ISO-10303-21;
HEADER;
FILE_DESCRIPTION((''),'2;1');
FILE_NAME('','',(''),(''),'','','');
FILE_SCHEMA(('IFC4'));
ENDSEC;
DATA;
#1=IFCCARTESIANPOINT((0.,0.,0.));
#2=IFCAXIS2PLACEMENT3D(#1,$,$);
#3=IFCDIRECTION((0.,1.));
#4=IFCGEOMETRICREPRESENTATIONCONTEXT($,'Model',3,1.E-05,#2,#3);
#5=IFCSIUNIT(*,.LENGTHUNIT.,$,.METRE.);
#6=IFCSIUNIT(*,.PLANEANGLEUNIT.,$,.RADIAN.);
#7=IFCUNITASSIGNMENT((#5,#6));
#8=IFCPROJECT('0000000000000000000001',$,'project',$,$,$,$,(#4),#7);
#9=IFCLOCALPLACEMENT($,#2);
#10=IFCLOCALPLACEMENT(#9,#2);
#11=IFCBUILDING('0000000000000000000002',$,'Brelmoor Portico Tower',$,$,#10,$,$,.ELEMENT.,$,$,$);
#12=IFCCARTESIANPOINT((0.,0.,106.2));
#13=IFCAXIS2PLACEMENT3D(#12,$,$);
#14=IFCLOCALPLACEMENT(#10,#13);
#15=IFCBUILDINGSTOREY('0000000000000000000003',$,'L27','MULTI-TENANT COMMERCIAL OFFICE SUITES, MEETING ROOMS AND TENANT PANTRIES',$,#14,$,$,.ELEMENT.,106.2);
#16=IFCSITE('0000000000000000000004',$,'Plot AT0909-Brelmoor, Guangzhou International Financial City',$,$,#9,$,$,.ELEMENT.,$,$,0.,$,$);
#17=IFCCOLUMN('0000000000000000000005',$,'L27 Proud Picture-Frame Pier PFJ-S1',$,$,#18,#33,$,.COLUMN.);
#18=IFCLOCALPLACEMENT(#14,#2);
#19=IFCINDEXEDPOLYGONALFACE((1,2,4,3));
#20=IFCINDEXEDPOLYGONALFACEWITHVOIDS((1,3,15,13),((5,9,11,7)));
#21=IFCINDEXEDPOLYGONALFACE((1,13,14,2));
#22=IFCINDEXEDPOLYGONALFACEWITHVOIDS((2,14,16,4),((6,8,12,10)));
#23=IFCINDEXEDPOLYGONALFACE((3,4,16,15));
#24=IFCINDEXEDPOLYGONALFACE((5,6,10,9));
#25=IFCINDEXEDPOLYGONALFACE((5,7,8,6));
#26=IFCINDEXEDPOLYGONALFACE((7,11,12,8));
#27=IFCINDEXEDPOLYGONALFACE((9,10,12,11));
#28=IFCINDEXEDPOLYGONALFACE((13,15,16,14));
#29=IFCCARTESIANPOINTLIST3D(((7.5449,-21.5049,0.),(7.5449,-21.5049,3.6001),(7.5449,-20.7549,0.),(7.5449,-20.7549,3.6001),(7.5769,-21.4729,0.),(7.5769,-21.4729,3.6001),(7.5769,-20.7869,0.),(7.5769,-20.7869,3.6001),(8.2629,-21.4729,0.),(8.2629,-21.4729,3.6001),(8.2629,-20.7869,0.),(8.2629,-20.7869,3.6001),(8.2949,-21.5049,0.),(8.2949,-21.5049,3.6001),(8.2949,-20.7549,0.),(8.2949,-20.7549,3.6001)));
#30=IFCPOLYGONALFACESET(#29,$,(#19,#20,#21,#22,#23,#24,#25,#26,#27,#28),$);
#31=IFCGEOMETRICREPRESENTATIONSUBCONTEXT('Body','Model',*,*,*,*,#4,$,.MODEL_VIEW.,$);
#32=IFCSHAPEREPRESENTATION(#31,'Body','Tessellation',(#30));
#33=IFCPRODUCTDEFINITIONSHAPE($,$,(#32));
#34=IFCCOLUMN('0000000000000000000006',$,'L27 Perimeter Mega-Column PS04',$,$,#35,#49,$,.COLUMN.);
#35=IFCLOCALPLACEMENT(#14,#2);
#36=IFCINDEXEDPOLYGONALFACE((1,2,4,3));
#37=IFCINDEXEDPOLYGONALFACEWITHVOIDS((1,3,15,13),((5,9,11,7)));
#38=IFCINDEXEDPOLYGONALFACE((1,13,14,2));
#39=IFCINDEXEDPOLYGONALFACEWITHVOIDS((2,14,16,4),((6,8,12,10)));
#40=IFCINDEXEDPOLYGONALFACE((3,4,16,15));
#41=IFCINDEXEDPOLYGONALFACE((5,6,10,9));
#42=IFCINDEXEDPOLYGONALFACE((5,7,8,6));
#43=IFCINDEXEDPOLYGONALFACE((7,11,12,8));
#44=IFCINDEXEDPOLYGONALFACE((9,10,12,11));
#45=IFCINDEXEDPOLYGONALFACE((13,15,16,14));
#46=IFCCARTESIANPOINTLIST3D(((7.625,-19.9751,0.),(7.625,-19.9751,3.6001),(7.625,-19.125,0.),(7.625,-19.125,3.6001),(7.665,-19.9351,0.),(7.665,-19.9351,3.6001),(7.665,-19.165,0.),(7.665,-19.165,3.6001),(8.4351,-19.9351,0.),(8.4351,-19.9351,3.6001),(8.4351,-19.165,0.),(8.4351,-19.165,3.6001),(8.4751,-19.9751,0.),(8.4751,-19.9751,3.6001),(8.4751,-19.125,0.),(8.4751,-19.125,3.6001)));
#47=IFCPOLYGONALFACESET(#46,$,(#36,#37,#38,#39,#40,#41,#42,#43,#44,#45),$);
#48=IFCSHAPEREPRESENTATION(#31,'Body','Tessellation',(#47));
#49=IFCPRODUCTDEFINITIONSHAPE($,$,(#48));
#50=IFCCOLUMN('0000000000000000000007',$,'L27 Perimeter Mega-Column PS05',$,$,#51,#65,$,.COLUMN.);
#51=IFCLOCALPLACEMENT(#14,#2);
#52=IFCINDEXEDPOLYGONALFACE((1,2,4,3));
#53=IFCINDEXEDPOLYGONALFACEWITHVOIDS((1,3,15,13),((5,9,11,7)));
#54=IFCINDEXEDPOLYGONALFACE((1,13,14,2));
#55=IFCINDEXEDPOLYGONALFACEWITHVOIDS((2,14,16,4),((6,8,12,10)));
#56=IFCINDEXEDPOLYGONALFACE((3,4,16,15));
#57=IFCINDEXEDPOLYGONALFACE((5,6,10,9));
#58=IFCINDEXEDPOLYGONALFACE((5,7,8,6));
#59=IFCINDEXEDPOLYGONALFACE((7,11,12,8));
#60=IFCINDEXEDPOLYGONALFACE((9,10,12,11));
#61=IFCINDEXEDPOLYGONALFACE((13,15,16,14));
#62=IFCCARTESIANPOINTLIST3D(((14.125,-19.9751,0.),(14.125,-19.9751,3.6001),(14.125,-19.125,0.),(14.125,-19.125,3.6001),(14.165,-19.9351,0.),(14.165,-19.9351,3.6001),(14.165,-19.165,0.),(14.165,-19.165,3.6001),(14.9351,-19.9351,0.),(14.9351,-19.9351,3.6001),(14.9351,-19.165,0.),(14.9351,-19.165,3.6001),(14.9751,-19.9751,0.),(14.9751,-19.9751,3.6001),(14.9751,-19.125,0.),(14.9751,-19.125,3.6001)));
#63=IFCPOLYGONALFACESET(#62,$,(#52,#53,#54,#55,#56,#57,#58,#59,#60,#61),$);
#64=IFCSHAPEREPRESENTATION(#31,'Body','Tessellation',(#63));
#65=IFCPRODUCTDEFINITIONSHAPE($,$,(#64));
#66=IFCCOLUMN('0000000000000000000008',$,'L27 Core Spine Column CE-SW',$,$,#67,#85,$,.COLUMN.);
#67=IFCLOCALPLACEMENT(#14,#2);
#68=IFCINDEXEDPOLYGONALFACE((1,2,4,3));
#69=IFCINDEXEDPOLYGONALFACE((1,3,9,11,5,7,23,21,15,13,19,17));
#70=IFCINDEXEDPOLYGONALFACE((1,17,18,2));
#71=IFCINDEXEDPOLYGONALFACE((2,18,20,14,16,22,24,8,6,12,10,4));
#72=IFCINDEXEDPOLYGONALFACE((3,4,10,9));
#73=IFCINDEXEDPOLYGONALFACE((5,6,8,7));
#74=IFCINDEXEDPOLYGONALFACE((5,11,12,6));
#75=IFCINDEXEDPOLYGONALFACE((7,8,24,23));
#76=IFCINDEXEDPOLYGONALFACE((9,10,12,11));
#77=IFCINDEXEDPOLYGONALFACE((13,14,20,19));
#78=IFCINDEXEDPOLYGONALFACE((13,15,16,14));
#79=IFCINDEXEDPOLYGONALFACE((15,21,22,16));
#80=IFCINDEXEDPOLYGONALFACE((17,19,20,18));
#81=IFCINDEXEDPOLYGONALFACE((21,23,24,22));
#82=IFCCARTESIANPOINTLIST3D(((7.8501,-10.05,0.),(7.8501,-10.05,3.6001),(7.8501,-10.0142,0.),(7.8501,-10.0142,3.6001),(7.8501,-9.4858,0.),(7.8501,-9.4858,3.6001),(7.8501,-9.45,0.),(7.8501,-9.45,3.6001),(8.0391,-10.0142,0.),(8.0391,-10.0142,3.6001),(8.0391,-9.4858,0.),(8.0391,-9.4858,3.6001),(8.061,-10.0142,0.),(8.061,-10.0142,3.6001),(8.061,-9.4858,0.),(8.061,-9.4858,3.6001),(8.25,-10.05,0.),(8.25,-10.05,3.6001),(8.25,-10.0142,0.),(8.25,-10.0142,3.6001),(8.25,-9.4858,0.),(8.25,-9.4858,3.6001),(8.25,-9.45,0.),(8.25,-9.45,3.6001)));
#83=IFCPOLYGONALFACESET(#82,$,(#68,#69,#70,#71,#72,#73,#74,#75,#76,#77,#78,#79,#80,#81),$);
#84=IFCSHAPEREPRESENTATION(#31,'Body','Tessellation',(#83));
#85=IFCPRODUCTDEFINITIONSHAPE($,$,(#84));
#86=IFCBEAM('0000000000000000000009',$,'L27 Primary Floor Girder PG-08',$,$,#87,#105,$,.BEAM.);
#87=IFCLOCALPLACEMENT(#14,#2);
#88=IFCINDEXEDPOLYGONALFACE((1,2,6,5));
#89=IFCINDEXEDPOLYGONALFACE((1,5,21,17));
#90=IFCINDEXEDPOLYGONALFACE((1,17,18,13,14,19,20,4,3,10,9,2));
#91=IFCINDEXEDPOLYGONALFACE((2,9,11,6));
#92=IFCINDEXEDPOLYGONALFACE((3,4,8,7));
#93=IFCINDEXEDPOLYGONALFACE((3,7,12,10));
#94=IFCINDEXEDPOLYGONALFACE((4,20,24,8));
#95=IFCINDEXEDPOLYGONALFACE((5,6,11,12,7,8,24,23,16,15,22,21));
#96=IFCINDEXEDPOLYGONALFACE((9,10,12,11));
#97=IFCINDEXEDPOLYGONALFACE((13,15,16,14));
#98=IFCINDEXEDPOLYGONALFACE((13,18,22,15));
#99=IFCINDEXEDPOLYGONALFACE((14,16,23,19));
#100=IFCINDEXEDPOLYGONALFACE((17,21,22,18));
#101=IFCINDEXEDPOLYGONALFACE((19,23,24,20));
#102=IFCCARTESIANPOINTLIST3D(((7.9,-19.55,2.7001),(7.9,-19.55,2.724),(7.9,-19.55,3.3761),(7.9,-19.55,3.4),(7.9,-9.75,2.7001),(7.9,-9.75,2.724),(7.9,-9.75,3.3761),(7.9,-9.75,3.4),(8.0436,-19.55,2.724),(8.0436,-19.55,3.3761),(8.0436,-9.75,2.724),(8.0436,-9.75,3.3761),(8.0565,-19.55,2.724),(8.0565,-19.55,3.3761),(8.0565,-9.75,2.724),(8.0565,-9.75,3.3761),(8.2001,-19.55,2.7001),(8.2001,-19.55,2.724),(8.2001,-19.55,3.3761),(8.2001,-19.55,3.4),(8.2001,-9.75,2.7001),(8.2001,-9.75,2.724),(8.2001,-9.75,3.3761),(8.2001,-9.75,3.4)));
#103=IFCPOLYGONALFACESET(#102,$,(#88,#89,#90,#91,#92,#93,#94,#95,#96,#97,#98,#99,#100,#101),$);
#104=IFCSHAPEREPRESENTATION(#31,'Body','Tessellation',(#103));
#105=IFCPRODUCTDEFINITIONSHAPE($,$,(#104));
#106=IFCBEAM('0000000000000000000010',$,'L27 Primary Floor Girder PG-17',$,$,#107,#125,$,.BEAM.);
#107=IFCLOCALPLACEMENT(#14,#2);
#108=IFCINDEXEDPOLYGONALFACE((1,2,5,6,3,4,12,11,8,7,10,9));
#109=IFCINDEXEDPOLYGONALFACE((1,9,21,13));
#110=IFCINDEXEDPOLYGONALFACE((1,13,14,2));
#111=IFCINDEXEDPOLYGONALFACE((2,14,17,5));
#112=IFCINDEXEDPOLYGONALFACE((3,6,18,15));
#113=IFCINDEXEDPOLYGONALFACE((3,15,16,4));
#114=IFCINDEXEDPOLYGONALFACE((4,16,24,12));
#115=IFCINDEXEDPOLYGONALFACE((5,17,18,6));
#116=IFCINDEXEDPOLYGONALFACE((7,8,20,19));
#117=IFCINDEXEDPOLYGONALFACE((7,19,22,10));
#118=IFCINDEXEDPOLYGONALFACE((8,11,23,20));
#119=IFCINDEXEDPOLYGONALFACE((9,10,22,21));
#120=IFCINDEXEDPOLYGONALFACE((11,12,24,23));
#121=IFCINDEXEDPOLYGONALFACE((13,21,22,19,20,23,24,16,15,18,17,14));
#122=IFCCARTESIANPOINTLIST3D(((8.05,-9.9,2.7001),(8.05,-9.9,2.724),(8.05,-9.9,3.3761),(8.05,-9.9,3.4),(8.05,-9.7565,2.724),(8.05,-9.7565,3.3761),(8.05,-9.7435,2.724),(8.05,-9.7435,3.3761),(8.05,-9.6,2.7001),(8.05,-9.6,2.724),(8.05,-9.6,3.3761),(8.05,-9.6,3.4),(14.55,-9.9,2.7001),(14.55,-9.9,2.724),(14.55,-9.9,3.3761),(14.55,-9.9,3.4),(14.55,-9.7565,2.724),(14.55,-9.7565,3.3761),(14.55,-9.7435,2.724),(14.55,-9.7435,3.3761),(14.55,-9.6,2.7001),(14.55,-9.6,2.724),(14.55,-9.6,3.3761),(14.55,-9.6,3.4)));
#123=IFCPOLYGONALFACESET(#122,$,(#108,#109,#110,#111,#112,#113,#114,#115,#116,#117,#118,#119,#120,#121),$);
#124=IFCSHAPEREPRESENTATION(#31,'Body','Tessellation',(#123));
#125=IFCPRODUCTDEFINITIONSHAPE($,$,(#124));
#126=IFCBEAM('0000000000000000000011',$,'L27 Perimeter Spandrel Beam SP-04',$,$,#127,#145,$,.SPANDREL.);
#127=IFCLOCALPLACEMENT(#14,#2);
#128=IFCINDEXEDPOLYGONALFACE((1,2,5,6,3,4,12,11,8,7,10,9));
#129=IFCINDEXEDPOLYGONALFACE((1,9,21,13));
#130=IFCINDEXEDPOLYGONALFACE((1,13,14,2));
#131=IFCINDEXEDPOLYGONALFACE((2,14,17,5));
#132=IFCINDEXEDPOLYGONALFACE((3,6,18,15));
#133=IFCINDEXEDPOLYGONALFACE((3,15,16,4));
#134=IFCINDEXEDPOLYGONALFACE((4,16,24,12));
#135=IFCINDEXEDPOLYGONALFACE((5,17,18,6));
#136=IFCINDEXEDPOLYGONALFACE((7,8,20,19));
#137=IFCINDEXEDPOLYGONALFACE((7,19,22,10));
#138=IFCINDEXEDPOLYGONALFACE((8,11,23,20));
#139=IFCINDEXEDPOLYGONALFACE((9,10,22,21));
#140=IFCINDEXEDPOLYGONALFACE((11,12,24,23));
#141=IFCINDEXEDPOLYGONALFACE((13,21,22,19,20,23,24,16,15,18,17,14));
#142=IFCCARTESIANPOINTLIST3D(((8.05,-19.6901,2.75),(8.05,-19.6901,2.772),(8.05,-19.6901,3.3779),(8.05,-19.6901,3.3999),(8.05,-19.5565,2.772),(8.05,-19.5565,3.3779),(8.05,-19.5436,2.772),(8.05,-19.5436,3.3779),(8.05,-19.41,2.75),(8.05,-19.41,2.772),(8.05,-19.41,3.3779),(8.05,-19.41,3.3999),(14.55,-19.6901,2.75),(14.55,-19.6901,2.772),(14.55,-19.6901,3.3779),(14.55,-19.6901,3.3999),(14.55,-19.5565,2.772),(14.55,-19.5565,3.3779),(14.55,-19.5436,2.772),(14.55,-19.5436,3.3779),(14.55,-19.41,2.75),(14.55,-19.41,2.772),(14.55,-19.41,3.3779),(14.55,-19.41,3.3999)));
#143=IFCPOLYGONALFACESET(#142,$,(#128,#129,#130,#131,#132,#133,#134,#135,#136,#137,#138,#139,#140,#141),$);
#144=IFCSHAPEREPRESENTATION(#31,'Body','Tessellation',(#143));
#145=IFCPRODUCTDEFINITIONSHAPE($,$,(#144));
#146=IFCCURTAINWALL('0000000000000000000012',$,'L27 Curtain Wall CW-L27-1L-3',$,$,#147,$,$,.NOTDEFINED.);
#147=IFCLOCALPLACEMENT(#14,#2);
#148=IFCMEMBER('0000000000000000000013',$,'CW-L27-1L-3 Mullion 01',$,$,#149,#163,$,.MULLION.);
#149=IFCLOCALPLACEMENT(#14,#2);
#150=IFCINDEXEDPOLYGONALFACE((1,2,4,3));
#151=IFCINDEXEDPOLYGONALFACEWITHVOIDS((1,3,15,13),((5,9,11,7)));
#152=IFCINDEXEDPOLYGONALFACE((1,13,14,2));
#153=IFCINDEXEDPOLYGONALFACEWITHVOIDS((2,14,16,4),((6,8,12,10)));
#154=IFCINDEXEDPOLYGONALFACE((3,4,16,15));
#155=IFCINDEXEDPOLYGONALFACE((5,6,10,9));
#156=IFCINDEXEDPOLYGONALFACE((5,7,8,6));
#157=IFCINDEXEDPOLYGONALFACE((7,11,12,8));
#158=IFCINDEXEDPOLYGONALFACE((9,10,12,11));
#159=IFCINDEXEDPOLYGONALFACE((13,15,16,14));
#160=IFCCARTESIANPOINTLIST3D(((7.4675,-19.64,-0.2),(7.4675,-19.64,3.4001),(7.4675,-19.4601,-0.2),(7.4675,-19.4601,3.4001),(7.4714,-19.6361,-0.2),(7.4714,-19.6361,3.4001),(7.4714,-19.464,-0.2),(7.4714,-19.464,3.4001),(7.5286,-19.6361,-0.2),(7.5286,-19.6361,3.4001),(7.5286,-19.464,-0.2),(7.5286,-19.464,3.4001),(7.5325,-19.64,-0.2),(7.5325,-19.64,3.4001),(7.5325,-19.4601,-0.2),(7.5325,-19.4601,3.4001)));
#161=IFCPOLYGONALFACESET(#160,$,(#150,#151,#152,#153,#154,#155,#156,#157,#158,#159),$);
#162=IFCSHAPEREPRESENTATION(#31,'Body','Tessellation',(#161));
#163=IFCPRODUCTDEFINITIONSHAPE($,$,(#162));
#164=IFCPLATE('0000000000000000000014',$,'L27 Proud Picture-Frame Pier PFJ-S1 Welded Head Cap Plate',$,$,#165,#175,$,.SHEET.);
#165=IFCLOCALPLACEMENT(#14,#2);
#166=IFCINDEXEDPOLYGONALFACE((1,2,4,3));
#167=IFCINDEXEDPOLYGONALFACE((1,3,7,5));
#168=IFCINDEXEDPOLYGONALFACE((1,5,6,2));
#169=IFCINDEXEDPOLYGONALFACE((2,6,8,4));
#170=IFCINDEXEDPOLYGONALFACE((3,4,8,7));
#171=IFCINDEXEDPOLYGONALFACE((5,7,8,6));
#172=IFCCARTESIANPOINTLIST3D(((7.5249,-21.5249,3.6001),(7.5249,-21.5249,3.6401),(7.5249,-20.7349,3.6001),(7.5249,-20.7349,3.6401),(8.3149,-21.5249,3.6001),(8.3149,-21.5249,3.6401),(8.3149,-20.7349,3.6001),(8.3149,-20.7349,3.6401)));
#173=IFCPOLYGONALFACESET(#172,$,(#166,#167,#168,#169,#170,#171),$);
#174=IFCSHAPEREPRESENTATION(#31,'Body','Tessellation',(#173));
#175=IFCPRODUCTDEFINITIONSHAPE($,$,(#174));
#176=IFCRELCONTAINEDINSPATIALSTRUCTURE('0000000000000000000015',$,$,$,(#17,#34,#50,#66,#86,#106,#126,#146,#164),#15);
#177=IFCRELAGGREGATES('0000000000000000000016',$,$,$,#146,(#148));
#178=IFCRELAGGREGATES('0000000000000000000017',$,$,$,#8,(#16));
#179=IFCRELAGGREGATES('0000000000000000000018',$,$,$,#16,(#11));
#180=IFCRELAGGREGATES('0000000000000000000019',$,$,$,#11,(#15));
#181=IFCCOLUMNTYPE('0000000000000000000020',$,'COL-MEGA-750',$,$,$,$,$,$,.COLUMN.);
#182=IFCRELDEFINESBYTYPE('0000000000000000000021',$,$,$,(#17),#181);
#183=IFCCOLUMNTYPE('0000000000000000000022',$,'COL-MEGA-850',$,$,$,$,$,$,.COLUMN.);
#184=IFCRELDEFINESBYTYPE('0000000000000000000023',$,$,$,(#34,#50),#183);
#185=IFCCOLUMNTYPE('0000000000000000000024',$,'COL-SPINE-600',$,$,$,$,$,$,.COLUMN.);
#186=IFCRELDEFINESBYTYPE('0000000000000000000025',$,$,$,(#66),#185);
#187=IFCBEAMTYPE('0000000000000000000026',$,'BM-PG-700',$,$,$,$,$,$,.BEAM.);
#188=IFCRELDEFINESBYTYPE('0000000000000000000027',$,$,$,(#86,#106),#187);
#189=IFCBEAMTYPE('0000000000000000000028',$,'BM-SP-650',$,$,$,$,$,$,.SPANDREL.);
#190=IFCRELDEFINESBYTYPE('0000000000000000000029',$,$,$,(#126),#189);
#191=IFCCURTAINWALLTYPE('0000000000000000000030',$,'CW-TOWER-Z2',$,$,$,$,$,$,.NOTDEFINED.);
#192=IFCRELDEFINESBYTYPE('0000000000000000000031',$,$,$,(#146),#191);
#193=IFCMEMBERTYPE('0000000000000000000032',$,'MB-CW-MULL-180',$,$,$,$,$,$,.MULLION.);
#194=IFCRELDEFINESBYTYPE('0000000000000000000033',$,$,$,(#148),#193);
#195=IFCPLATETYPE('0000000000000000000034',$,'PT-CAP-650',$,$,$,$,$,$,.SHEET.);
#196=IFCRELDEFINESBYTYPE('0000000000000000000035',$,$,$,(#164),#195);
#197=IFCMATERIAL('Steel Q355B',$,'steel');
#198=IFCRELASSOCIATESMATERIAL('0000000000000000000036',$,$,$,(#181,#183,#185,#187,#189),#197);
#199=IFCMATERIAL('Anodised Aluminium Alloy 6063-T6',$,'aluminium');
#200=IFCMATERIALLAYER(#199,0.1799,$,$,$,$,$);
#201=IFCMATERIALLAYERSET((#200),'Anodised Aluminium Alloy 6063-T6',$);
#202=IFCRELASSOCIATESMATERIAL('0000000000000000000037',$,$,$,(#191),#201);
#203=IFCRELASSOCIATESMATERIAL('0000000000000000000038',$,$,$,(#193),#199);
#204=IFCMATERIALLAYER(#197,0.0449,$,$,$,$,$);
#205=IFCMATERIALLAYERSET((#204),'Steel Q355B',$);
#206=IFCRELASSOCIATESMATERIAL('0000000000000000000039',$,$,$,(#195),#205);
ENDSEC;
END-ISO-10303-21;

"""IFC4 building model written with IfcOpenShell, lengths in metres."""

from ifc_helpers import new_model, si_unit, direction, frame, origin, origin_2d, place, context, subcontext, project, spatial, rectangle, hollow_rectangle, i_section, extrude, material, layer, layer_set, material_profile, profile_set, type_object, element, aggregate, save


model = new_model("IFC4")

# Units and contexts
model_context = context("Model", 3, precision=1e-05, world=origin(), true_north=direction((0.0, 1.0)))
body_context = subcontext(model_context, "Body", "Model", "MODEL_VIEW")
ifc_project = project(units=[si_unit("LENGTHUNIT", "METRE"), si_unit("PLANEANGLEUNIT", "RADIAN")], contexts=[model_context])

# Site, building, storey
site_placement = place(None, origin())
site = spatial("IfcSite", under=ifc_project, at=site_placement, Name="Plot AT0909-Brelmoor, Guangzhou International Financial City", CompositionType="ELEMENT", RefElevation=0.0)
building_placement = place(site_placement, origin())
building = spatial("IfcBuilding", under=site, at=building_placement, Name="Brelmoor Portico Tower", CompositionType="ELEMENT")
storey_placement = place(building_placement, frame((0.0, 0.0, 106.2)))
storey = spatial("IfcBuildingStorey", under=building, at=storey_placement, Name="L27", Description="MULTI-TENANT COMMERCIAL OFFICE SUITES, MEETING ROOMS AND TENANT PANTRIES", CompositionType="ELEMENT", Elevation=106.2)

# Columns
ifc_material_1 = material(Name="Steel Q355B", Category="steel")
ifc_material_profile_1 = material_profile(ifc_material_1, hollow_rectangle(XDim=0.75, YDim=0.75, WallThickness=0.032, at=origin_2d()), Name="BOX 750x750x32")
ifc_profile_set_1 = profile_set([ifc_material_profile_1], Name="Steel Q355B")
column_type_1 = type_object("IfcColumnType", Name="COL-MEGA-750", PredefinedType="COLUMN", material=ifc_profile_set_1)
column_1_placement = place(storey_placement, frame((7.9199, -21.1299, 0.0), z_axis=(0.0, 0.0, 1.0), x_axis=(1.0, 0.0, 0.0)))
element("IfcColumn", 1, at=column_1_placement, inside=storey, type_object=column_type_1, Name="L27 Proud Picture-Frame Pier PFJ-S1", PredefinedType="COLUMN", context=body_context, shape_type="SweptSolid", body=[
    extrude(hollow_rectangle(XDim=0.75, YDim=0.75, WallThickness=0.032, at=origin_2d()), origin(), (0.0, 0.0, 1.0), 3.6001),
])
ifc_material_profile_2 = material_profile(ifc_material_1, hollow_rectangle(XDim=0.8501, YDim=0.8501, WallThickness=0.04, at=origin_2d()), Name="BOX 850x850x40")
ifc_profile_set_2 = profile_set([ifc_material_profile_2], Name="Steel Q355B")
column_type_2 = type_object("IfcColumnType", Name="COL-MEGA-850", PredefinedType="COLUMN", material=ifc_profile_set_2)
for number, where, z_axis, x_axis, name in (
    (2, (8.05, -19.55, 0.0), (0.0, 0.0, 1.0), (1.0, 0.0, 0.0), "L27 Perimeter Mega-Column PS04"),
    (3, (14.55, -19.55, 0.0), (0.0, 0.0, 1.0), (1.0, 0.0, 0.0), "L27 Perimeter Mega-Column PS05"),
):
    element("IfcColumn", number, at=place(storey_placement, frame(where, z_axis=z_axis, x_axis=x_axis)), inside=storey, type_object=column_type_2, Name=name, PredefinedType="COLUMN", context=body_context, shape_type="SweptSolid", body=[
        extrude(hollow_rectangle(XDim=0.8501, YDim=0.8501, WallThickness=0.04, at=origin_2d()), origin(), (0.0, 0.0, 1.0), 3.6001),
    ])
ifc_material_profile_3 = material_profile(ifc_material_1, i_section(OverallWidth=0.3999, OverallDepth=0.6001, WebThickness=0.022, FlangeThickness=0.0359, at=origin_2d()), Name="HW 600x400x22x36")
ifc_profile_set_3 = profile_set([ifc_material_profile_3], Name="Steel Q355B")
column_type_3 = type_object("IfcColumnType", Name="COL-SPINE-600", PredefinedType="COLUMN", material=ifc_profile_set_3)
column_2_placement = place(storey_placement, frame((8.05, -9.75, 0.0), z_axis=(0.0, 0.0, 1.0), x_axis=(1.0, 0.0, 0.0)))
element("IfcColumn", 4, at=column_2_placement, inside=storey, type_object=column_type_3, Name="L27 Core Spine Column CE-SW", PredefinedType="COLUMN", context=body_context, shape_type="SweptSolid", body=[
    extrude(i_section(OverallWidth=0.3999, OverallDepth=0.6001, WebThickness=0.022, FlangeThickness=0.0359, at=origin_2d()), origin(), (0.0, 0.0, 1.0), 3.6001),
])

# Beams
ifc_material_profile_4 = material_profile(ifc_material_1, i_section(OverallWidth=0.3, OverallDepth=0.7, WebThickness=0.0129, FlangeThickness=0.0239, at=origin_2d()), Name="HN 700x300x13x24")
ifc_profile_set_4 = profile_set([ifc_material_profile_4], Name="Steel Q355B")
beam_type_1 = type_object("IfcBeamType", Name="BM-PG-700", PredefinedType="BEAM", material=ifc_profile_set_4)
beam_1_placement = place(storey_placement, frame((8.05, -19.55, 3.05), z_axis=(0.0, 1.0, 0.0), x_axis=(-1.0, 0.0, 0.0)))
element("IfcBeam", 5, at=beam_1_placement, inside=storey, type_object=beam_type_1, Name="L27 Primary Floor Girder PG-08", PredefinedType="BEAM", context=body_context, shape_type="SweptSolid", body=[
    extrude(i_section(OverallWidth=0.3, OverallDepth=0.7, WebThickness=0.0129, FlangeThickness=0.0239, at=origin_2d()), origin(), (0.0, 0.0, 1.0), 9.8),
])
beam_2_placement = place(storey_placement, frame((8.05, -9.75, 3.05), z_axis=(1.0, 0.0, 0.0), x_axis=(0.0, 1.0, 0.0)))
element("IfcBeam", 6, at=beam_2_placement, inside=storey, type_object=beam_type_1, Name="L27 Primary Floor Girder PG-17", PredefinedType="BEAM", context=body_context, shape_type="SweptSolid", body=[
    extrude(i_section(OverallWidth=0.3, OverallDepth=0.7, WebThickness=0.0129, FlangeThickness=0.0239, at=origin_2d()), origin(), (0.0, 0.0, 1.0), 6.5),
])
ifc_material_profile_5 = material_profile(ifc_material_1, i_section(OverallWidth=0.28, OverallDepth=0.6499, WebThickness=0.0129, FlangeThickness=0.022, at=origin_2d()), Name="HN 650x280x13x22")
ifc_profile_set_5 = profile_set([ifc_material_profile_5], Name="Steel Q355B")
beam_type_2 = type_object("IfcBeamType", Name="BM-SP-650", PredefinedType="SPANDREL", material=ifc_profile_set_5)
beam_3_placement = place(storey_placement, frame((8.05, -19.55, 3.075), z_axis=(1.0, 0.0, 0.0), x_axis=(0.0, 1.0, 0.0)))
element("IfcBeam", 7, at=beam_3_placement, inside=storey, type_object=beam_type_2, Name="L27 Perimeter Spandrel Beam SP-04", PredefinedType="SPANDREL", context=body_context, shape_type="SweptSolid", body=[
    extrude(i_section(OverallWidth=0.28, OverallDepth=0.6499, WebThickness=0.0129, FlangeThickness=0.022, at=origin_2d()), origin(), (0.0, 0.0, 1.0), 6.5),
])

# Curtain wall, member
ifc_material_2 = material(Name="Anodised Aluminium Alloy 6063-T6", Category="aluminium")
ifc_layer_1 = layer(ifc_material_2, 0.1799)
ifc_layer_set_1 = layer_set([ifc_layer_1], Name="Anodised Aluminium Alloy 6063-T6")
curtain_wall_type = type_object("IfcCurtainWallType", Name="CW-TOWER-Z2", PredefinedType="NOTDEFINED", material=ifc_layer_set_1)
curtain_wall_placement = place(storey_placement, origin())
curtain_wall = element("IfcCurtainWall", 8, at=curtain_wall_placement, inside=storey, type_object=curtain_wall_type, Name="L27 Curtain Wall CW-L27-1L-3", PredefinedType="NOTDEFINED")
ifc_material_profile_6 = material_profile(ifc_material_2, hollow_rectangle(XDim=0.0649, YDim=0.1799, WallThickness=0.0039, at=origin_2d()), Name="ALU MULLION 65x180")
ifc_profile_set_6 = profile_set([ifc_material_profile_6], Name="Anodised Aluminium Alloy 6063-T6")
member_type = type_object("IfcMemberType", Name="MB-CW-MULL-180", PredefinedType="MULLION", material=ifc_profile_set_6)
member_placement = place(storey_placement, frame((7.5, -19.55, -0.2), z_axis=(0.0, 0.0, 1.0), x_axis=(1.0, 0.0, 0.0)))
member = element("IfcMember", 9, at=member_placement, type_object=member_type, Name="CW-L27-1L-3 Mullion 01", PredefinedType="MULLION", context=body_context, shape_type="SweptSolid", body=[
    extrude(hollow_rectangle(XDim=0.0649, YDim=0.1799, WallThickness=0.0039, at=origin_2d()), origin(), (0.0, 0.0, 1.0), 3.6001),
])
aggregate(curtain_wall, [member])

# Plate
ifc_layer_2 = layer(ifc_material_1, 0.0449)
ifc_layer_set_2 = layer_set([ifc_layer_2], Name="Steel Q355B")
plate_type_1 = type_object("IfcPlateType", Name="PT-CAP-650", PredefinedType="SHEET", material=ifc_layer_set_2)
plate_1_placement = place(storey_placement, frame((7.9199, -21.1299, 3.6001), z_axis=(0.0, 0.0, 1.0), x_axis=(1.0, 0.0, 0.0)))
element("IfcPlate", 10, at=plate_1_placement, inside=storey, type_object=plate_type_1, Name="L27 Proud Picture-Frame Pier PFJ-S1 Welded Head Cap Plate", PredefinedType="SHEET", context=body_context, shape_type="SweptSolid", body=[
    extrude(rectangle(XDim=0.79, YDim=0.79, at=origin_2d()), origin(), (0.0, 0.0, 1.0), 0.04),
])

save(model, "model.ifc")
